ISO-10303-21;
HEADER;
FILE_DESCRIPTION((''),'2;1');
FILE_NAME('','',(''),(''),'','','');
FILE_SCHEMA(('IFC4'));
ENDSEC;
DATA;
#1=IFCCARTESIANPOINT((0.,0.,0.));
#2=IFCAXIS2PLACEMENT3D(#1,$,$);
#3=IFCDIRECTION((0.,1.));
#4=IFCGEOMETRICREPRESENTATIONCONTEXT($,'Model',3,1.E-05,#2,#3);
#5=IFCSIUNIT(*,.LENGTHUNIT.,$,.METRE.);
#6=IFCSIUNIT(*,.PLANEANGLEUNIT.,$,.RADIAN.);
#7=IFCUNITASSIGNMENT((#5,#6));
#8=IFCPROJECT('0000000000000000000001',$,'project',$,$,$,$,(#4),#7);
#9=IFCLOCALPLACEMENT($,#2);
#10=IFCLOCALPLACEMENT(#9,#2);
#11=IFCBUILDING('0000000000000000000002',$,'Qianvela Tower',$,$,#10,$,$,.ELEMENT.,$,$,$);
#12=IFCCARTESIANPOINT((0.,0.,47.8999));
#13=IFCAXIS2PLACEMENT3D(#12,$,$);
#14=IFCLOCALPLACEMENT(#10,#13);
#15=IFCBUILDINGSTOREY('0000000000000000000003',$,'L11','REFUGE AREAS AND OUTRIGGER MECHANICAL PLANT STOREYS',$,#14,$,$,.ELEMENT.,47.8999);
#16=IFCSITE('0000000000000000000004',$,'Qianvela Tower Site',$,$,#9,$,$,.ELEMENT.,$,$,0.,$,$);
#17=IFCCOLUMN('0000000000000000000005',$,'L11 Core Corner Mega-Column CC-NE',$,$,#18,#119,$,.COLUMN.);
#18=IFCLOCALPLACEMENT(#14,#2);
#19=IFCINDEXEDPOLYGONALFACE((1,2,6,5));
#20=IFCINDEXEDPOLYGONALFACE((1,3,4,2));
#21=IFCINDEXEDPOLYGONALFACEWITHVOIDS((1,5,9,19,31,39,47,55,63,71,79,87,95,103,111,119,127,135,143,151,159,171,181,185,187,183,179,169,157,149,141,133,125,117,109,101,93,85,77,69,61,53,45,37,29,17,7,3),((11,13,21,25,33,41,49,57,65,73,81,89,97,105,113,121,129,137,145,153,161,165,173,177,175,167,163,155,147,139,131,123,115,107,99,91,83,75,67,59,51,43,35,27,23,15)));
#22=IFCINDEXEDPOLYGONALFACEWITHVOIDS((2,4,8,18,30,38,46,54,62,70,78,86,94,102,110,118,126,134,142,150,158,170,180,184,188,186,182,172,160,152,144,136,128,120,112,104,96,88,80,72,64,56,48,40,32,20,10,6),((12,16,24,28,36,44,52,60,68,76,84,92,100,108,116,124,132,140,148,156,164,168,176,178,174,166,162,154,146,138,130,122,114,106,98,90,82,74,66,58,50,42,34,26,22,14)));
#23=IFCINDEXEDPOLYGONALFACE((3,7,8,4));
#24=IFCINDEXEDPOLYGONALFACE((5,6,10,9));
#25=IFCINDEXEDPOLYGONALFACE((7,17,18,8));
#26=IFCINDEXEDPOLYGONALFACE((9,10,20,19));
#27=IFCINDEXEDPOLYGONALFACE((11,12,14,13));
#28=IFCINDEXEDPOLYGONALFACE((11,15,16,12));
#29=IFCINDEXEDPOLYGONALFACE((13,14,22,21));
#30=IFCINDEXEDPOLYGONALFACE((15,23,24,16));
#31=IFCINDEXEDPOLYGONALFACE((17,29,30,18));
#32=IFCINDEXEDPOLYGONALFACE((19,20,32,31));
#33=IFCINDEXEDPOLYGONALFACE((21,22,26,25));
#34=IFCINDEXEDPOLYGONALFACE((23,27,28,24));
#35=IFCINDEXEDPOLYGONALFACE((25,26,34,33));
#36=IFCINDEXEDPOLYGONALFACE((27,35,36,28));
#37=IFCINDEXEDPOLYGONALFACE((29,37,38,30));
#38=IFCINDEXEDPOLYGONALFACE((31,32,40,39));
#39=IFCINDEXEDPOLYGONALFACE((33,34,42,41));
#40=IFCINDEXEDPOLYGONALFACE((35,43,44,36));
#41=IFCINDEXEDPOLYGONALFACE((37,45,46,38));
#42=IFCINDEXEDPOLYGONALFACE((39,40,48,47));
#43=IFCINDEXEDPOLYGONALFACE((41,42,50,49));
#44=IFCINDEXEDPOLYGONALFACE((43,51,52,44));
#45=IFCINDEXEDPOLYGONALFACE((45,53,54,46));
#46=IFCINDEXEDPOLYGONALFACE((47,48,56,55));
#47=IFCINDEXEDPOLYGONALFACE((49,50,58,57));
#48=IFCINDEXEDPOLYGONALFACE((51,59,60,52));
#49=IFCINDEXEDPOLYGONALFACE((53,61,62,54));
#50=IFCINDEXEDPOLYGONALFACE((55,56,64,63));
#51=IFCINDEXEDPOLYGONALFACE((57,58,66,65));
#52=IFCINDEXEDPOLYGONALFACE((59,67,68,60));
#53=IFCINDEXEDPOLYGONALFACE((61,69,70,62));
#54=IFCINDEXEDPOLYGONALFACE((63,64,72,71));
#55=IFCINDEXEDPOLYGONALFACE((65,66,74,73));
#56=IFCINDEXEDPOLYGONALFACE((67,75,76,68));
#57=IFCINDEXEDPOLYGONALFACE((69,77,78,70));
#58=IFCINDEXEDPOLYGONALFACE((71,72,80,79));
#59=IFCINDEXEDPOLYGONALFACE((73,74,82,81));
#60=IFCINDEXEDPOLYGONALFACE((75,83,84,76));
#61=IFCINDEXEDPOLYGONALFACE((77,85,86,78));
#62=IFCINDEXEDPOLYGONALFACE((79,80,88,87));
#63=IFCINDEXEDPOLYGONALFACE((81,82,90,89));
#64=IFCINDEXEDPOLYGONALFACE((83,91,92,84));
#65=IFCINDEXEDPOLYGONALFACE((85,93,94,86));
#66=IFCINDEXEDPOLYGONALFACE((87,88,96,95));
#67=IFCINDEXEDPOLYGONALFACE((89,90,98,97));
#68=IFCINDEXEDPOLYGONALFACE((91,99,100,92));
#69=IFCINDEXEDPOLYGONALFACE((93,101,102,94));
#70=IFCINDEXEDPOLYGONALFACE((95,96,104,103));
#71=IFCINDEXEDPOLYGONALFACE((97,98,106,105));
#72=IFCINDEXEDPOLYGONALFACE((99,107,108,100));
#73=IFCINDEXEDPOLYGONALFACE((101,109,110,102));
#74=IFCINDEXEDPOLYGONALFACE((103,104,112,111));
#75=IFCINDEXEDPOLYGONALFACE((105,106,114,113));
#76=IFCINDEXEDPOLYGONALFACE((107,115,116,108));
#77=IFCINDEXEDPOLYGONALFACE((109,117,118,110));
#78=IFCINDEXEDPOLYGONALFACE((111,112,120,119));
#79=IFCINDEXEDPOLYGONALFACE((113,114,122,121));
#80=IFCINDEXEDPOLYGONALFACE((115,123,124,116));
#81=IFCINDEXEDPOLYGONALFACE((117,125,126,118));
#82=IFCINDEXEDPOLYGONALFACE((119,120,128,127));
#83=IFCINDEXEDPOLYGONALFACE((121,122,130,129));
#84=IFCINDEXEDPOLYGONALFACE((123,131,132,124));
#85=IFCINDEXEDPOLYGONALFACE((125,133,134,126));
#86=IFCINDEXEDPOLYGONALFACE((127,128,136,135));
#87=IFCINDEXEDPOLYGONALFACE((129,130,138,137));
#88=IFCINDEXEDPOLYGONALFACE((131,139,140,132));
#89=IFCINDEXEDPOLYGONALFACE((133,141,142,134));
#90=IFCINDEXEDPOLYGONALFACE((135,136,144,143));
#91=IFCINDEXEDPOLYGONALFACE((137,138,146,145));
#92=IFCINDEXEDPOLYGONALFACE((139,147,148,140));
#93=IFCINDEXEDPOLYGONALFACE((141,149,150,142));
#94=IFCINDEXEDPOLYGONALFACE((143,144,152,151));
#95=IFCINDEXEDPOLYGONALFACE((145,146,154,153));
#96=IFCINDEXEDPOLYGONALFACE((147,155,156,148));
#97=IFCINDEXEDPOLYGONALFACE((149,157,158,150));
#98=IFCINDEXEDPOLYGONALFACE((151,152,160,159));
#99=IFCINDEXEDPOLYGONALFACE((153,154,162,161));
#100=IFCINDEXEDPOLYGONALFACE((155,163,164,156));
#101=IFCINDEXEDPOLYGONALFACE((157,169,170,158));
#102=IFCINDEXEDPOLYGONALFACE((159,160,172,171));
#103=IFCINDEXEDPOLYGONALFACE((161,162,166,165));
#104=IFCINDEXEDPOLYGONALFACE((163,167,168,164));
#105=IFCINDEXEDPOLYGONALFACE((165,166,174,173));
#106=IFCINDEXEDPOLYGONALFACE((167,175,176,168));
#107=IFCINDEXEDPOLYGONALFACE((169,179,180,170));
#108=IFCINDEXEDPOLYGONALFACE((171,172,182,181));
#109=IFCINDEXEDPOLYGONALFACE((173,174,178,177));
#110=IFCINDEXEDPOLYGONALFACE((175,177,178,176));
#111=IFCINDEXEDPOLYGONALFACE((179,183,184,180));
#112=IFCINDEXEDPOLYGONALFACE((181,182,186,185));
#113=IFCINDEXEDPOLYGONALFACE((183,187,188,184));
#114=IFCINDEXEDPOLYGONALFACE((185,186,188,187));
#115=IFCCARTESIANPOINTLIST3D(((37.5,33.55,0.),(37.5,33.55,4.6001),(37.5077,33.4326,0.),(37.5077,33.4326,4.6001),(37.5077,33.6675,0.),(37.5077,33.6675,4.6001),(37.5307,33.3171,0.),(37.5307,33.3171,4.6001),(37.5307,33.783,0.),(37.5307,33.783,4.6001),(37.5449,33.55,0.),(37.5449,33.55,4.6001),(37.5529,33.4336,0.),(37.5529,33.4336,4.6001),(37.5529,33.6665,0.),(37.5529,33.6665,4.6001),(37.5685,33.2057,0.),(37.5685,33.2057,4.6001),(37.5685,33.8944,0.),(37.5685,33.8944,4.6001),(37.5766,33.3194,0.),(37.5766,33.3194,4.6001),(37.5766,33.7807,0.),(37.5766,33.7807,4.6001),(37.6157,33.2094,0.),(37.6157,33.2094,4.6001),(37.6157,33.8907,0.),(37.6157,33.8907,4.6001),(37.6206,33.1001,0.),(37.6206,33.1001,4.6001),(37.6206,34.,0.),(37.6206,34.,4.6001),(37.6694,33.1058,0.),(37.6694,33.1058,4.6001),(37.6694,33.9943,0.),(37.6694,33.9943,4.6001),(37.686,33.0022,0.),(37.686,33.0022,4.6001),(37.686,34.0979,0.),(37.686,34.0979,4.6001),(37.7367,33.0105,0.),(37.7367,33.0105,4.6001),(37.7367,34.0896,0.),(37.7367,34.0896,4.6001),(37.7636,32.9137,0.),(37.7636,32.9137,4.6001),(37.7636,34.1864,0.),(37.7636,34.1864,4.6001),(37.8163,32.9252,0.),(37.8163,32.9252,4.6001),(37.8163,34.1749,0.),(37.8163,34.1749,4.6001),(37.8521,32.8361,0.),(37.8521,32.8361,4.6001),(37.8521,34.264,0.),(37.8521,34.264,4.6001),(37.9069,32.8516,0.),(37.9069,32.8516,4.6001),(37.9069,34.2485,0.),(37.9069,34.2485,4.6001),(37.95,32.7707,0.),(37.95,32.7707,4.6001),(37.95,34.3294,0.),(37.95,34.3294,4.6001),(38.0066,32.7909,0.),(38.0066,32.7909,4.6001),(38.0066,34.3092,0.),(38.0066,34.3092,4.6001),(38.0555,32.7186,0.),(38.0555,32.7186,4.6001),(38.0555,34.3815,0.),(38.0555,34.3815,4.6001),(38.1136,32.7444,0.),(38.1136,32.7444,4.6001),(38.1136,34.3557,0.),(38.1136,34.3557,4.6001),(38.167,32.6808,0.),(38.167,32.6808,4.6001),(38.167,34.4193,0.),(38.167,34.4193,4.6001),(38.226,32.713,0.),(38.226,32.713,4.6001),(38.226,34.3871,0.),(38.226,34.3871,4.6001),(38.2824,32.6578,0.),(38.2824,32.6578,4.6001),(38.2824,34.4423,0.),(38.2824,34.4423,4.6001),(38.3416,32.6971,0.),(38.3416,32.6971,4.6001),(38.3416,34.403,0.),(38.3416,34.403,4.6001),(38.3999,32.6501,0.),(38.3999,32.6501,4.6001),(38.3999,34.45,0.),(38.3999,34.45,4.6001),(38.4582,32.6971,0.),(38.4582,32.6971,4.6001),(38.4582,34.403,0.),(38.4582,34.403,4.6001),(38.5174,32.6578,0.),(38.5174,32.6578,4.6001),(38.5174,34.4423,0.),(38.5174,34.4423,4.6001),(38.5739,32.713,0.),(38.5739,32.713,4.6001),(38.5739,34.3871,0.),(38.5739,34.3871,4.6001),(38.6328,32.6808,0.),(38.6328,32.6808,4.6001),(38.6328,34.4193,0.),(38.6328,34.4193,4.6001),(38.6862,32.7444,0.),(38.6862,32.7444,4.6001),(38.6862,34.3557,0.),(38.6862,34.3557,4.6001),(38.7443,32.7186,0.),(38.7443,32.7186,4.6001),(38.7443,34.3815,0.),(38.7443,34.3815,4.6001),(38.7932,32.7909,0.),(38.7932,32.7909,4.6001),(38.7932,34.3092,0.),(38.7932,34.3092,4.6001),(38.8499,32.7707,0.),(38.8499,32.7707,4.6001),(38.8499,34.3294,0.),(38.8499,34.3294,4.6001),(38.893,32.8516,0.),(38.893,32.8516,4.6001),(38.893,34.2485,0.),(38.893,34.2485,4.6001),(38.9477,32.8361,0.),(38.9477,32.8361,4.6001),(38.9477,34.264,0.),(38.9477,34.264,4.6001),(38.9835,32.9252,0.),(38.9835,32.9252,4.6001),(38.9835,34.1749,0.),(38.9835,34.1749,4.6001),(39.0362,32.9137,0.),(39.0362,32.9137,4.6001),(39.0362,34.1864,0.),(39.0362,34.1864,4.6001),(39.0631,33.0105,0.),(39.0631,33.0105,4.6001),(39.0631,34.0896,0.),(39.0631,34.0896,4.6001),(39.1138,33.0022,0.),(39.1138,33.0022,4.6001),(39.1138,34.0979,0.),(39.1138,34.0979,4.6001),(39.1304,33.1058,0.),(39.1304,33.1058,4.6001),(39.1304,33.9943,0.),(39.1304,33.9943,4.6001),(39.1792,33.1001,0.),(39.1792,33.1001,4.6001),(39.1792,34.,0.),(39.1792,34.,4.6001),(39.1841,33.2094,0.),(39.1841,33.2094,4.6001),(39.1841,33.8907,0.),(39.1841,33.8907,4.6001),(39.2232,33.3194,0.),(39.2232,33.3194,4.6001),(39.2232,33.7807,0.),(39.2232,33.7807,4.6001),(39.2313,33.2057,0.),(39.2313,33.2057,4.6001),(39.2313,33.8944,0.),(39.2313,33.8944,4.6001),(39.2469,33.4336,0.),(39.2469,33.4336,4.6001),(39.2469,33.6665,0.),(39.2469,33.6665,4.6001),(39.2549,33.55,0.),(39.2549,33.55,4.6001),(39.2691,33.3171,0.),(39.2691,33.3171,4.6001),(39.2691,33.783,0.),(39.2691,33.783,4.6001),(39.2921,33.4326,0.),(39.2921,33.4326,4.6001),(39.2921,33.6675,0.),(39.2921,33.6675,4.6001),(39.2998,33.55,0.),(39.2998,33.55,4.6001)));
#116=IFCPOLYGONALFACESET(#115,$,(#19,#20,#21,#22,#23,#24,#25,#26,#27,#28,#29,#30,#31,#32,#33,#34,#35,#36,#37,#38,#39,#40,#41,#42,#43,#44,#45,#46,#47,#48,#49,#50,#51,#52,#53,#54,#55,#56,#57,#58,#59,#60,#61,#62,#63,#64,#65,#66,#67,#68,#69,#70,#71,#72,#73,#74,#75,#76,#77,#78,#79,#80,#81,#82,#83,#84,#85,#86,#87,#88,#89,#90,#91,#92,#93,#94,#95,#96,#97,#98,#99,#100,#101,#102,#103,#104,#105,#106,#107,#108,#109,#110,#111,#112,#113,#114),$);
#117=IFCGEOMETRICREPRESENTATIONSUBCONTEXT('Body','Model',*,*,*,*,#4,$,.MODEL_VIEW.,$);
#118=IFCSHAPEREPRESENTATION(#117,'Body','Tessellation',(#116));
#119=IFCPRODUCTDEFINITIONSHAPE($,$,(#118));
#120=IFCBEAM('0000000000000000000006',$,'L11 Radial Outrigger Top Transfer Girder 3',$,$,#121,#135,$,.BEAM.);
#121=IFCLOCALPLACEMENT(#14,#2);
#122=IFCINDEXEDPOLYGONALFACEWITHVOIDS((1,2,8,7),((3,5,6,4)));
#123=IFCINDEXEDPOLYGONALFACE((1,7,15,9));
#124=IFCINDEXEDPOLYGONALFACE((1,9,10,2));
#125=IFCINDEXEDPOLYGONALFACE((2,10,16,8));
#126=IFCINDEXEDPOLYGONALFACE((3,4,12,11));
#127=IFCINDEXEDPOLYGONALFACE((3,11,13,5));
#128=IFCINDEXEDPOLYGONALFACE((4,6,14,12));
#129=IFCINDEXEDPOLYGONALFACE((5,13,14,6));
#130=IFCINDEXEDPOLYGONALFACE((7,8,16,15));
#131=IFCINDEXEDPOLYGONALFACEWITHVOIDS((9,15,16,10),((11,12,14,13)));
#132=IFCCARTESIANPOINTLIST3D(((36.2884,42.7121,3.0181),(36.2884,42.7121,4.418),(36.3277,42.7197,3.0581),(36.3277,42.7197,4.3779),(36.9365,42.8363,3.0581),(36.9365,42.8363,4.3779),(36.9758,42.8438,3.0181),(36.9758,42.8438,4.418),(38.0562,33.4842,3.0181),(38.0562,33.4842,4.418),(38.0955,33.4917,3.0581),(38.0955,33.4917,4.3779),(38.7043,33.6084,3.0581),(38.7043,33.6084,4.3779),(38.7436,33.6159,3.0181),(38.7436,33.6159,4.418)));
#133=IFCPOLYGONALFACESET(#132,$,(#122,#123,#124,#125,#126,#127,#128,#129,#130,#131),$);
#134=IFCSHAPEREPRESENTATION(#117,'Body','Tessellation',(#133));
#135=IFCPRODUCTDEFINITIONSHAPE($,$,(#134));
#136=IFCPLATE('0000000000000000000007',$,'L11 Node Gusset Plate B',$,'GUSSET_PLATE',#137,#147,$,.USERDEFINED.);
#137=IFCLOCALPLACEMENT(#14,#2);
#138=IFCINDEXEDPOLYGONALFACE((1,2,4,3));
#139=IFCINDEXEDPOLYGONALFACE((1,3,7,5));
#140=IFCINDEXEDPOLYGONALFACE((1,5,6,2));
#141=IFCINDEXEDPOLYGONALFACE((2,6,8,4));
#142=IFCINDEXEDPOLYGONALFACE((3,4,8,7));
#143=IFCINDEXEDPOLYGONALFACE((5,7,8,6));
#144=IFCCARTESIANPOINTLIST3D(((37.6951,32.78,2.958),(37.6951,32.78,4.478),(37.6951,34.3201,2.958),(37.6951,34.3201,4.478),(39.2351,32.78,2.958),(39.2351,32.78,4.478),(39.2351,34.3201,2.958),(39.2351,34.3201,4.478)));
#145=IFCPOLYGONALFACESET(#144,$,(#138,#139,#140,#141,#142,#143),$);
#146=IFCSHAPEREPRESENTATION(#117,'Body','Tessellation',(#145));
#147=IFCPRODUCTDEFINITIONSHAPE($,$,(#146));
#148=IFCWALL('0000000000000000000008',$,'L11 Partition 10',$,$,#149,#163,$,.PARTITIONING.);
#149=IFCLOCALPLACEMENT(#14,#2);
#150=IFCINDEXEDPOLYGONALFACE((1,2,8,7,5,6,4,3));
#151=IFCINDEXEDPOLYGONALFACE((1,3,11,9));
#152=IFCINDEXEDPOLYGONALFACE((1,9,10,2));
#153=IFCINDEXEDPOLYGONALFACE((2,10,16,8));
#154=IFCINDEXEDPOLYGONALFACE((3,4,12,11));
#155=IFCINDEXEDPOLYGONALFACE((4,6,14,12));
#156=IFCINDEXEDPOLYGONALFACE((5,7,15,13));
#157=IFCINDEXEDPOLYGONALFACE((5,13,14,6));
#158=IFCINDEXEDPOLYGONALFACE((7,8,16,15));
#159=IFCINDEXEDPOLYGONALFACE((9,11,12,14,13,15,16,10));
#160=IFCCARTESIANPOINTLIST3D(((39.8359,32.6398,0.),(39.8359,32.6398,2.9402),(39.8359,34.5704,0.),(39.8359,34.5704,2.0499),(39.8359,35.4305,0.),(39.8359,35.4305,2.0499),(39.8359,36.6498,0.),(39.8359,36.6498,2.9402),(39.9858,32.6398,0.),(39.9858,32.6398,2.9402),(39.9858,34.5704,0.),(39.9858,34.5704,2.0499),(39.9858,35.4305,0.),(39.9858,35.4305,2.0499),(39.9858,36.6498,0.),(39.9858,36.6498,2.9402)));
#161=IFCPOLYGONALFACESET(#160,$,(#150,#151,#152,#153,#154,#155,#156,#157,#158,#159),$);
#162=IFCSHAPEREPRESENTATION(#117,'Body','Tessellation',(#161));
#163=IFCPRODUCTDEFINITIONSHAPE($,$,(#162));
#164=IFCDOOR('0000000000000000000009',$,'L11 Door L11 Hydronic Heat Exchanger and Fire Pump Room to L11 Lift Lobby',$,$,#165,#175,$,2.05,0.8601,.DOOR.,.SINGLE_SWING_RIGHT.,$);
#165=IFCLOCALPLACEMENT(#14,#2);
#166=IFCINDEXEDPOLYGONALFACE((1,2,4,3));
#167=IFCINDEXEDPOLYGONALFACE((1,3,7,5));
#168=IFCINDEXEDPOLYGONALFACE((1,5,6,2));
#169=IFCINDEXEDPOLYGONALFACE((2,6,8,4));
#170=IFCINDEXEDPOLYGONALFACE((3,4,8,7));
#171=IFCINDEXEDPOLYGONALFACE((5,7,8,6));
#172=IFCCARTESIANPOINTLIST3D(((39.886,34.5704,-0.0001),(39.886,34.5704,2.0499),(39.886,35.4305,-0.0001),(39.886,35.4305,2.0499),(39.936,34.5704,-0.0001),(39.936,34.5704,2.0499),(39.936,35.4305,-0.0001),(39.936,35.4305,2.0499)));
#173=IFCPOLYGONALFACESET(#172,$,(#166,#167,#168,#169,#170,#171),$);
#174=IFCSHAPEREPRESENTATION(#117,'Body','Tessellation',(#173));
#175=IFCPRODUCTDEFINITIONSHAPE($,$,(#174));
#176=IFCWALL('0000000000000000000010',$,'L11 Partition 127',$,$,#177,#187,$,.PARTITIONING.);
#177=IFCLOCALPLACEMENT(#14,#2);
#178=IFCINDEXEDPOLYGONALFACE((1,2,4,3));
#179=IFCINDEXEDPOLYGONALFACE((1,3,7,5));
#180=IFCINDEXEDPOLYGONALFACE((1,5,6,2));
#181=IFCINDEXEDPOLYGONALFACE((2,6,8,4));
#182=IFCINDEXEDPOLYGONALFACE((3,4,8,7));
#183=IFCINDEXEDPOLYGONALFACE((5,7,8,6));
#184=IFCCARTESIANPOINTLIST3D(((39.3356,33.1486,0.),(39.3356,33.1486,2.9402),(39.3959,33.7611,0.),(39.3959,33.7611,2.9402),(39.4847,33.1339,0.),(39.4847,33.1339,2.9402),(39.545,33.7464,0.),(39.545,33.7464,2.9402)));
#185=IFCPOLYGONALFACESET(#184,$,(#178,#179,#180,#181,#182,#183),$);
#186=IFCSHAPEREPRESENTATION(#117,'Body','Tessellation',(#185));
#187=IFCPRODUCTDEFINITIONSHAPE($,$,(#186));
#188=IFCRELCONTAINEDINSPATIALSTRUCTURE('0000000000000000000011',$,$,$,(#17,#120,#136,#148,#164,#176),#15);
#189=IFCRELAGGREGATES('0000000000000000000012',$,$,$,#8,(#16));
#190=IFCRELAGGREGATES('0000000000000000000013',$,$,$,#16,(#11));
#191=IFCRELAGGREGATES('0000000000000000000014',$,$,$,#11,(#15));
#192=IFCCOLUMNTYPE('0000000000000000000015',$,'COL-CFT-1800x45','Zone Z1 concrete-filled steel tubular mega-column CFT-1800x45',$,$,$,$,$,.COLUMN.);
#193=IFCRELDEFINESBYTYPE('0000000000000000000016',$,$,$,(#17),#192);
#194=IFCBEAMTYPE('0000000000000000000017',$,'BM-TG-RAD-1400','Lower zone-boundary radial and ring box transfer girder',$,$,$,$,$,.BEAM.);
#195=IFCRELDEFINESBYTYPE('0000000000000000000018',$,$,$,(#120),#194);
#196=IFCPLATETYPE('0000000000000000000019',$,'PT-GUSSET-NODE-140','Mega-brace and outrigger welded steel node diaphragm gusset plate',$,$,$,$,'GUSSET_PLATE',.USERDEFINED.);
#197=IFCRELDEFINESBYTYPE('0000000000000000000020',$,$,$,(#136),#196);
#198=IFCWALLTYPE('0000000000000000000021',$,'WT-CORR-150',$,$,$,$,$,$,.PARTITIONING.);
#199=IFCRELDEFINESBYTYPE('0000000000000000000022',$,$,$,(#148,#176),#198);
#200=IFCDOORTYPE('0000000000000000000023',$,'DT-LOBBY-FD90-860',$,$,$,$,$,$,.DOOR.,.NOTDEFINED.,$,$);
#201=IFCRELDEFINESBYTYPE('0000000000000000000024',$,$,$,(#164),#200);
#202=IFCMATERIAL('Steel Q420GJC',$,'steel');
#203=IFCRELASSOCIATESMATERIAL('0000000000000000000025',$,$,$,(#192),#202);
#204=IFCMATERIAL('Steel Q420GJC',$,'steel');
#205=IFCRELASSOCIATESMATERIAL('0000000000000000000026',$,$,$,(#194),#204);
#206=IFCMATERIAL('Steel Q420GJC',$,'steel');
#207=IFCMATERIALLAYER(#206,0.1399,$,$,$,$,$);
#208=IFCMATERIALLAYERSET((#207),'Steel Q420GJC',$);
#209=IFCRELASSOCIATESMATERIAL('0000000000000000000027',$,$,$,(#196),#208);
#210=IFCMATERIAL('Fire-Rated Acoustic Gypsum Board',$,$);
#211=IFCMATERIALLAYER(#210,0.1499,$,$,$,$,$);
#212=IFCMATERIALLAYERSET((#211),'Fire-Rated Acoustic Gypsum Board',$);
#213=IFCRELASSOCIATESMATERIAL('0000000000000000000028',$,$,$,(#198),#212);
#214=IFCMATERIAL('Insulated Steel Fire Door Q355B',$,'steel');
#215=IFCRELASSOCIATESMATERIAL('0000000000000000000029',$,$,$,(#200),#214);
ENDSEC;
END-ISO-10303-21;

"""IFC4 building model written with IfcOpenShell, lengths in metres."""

from ifc_helpers import new_model, si_unit, direction, frame, frame_2d, origin, origin_2d, place, context, subcontext, project, spatial, rectangle, hollow_rectangle, hollow_circle, extrude, material, layer, layer_set, material_profile, profile_set, type_object, element, fill, save


model = new_model("IFC4")

# Units and contexts
model_context = context("Model", 3, precision=1e-05, world=origin(), true_north=direction((0.0, 1.0)))
body_context = subcontext(model_context, "Body", "Model", "MODEL_VIEW")
ifc_project = project(units=[si_unit("LENGTHUNIT", "METRE"), si_unit("PLANEANGLEUNIT", "RADIAN")], contexts=[model_context])

# Site, building, storey
site_placement = place(None, origin())
site = spatial("IfcSite", under=ifc_project, at=site_placement, Name="Qianvela Tower Site", CompositionType="ELEMENT", RefElevation=0.0)
building_placement = place(site_placement, origin())
building = spatial("IfcBuilding", under=site, at=building_placement, Name="Qianvela Tower", CompositionType="ELEMENT")
storey_placement = place(building_placement, frame((0.0, 0.0, 47.8999)))
storey = spatial("IfcBuildingStorey", under=building, at=storey_placement, Name="L11", Description="REFUGE AREAS AND OUTRIGGER MECHANICAL PLANT STOREYS", CompositionType="ELEMENT", Elevation=47.8999)

# Column
ifc_material_1 = material(Name="Steel Q420GJC", Category="steel")
ifc_material_profile_1 = material_profile(ifc_material_1, hollow_circle(Radius=0.8999, WallThickness=0.0449, at=origin_2d()), Name="CFT-1800x45")
ifc_profile_set_1 = profile_set([ifc_material_profile_1], Name="Steel Q420GJC")
column_type = type_object("IfcColumnType", Name="COL-CFT-1800x45", Description="Zone Z1 concrete-filled steel tubular mega-column CFT-1800x45", PredefinedType="COLUMN", material=ifc_profile_set_1)
column_placement = place(storey_placement, frame((38.3999, 33.55, 0.0), z_axis=(0.0, 0.0, 1.0), x_axis=(1.0, 0.0, 0.0)))
element("IfcColumn", 1, at=column_placement, inside=storey, type_object=column_type, Name="L11 Core Corner Mega-Column CC-NE", PredefinedType="COLUMN", context=body_context, shape_type="SweptSolid", body=[
    extrude(hollow_circle(Radius=0.8999, WallThickness=0.0449, at=origin_2d()), origin(), (0.0, 0.0, 1.0), 4.6001),
])

# Beam
ifc_material_2 = material(Name="Steel Q420GJC", Category="steel")
ifc_material_profile_2 = material_profile(ifc_material_2, hollow_rectangle(XDim=0.7, YDim=1.3999, WallThickness=0.04, at=origin_2d()), Name="TG-BOX-1400x700x40")
ifc_profile_set_2 = profile_set([ifc_material_profile_2], Name="Steel Q420GJC")
beam_type = type_object("IfcBeamType", Name="BM-TG-RAD-1400", Description="Lower zone-boundary radial and ring box transfer girder", PredefinedType="BEAM", material=ifc_profile_set_2)
beam_placement = place(storey_placement, frame((38.3999, 33.55, 3.718), z_axis=(-0.18815, 0.98214, 0.0), x_axis=(-0.98214, -0.18815, 0.0)))
element("IfcBeam", 2, at=beam_placement, inside=storey, type_object=beam_type, Name="L11 Radial Outrigger Top Transfer Girder 3", PredefinedType="BEAM", context=body_context, shape_type="SweptSolid", body=[
    extrude(hollow_rectangle(XDim=0.7, YDim=1.3999, WallThickness=0.04, at=origin_2d()), origin(), (0.0, 0.0, 1.0), 9.3958),
])

# Plate
ifc_material_3 = material(Name="Steel Q420GJC", Category="steel")
ifc_layer_1 = layer(ifc_material_3, 0.1399)
ifc_layer_set_1 = layer_set([ifc_layer_1], Name="Steel Q420GJC")
plate_type = type_object("IfcPlateType", Name="PT-GUSSET-NODE-140", Description="Mega-brace and outrigger welded steel node diaphragm gusset plate", ElementType="GUSSET_PLATE", PredefinedType="USERDEFINED", material=ifc_layer_set_1)
plate_placement = place(storey_placement, frame((38.4651, 33.55, 2.958), z_axis=(0.0, 0.0, 1.0), x_axis=(1.0, 0.0, 0.0)))
element("IfcPlate", 3, at=plate_placement, inside=storey, type_object=plate_type, Name="L11 Node Gusset Plate B", ObjectType="GUSSET_PLATE", PredefinedType="USERDEFINED", context=body_context, shape_type="SweptSolid", body=[
    extrude(rectangle(XDim=1.54, YDim=1.54, at=origin_2d()), origin(), (0.0, 0.0, 1.0), 1.52),
])

# Wall, opening, door
ifc_material_4 = material(Name="Fire-Rated Acoustic Gypsum Board")
ifc_layer_2 = layer(ifc_material_4, 0.1499)
ifc_layer_set_2 = layer_set([ifc_layer_2], Name="Fire-Rated Acoustic Gypsum Board")
wall_type_1 = type_object("IfcWallType", Name="WT-CORR-150", PredefinedType="PARTITIONING", material=ifc_layer_set_2)
wall_1_placement = place(storey_placement, frame((39.9109, 32.6399, 0.0), z_axis=(0.0, 0.0, 1.0), x_axis=(0.0, 1.0, 0.0)))
wall_1 = element("IfcWall", 4, at=wall_1_placement, inside=storey, type_object=wall_type_1, Name="L11 Partition 10", PredefinedType="PARTITIONING", context=body_context, shape_type="SweptSolid", body=[
    extrude(rectangle(XDim=4.01, YDim=0.1499, at=frame_2d((2.0049, 0.0))), origin(), (0.0, 0.0, 1.0), 2.9402),
])
opening_1_placement = place(wall_1_placement, frame((1.9304, 0.0, 0.0)))
opening_1 = element("IfcOpeningElement", 5, at=opening_1_placement, cuts=wall_1, PredefinedType="OPENING", context=body_context, shape_type="SweptSolid", body=[
    extrude(rectangle(XDim=0.8601, YDim=2.05, at=frame_2d((0.4302, 1.0249))), frame((0.0, 0.085, 0.0), z_axis=(0.0, -1.0, 0.0), x_axis=(1.0, 0.0, 0.0)), (0.0, 0.0, 1.0), 0.1699),
])
ifc_material_5 = material(Name="Insulated Steel Fire Door Q355B", Category="steel")
door_type_1 = type_object("IfcDoorType", Name="DT-LOBBY-FD90-860", OperationType="NOTDEFINED", PredefinedType="DOOR", material=ifc_material_5)
door_1_placement = place(opening_1_placement, origin())
door_1 = element("IfcDoor", 6, at=door_1_placement, inside=storey, type_object=door_type_1, Name="L11 Door L11 Hydronic Heat Exchanger and Fire Pump Room to L11 Lift Lobby", OperationType="SINGLE_SWING_RIGHT", OverallHeight=2.05, OverallWidth=0.8601, PredefinedType="DOOR", context=body_context, shape_type="SweptSolid", body=[
    extrude(rectangle(XDim=0.8601, YDim=2.05, at=frame_2d((0.4302, 1.0249))), frame((0.0, 0.0249, 0.0), z_axis=(0.0, -1.0, 0.0), x_axis=(1.0, 0.0, 0.0)), (0.0, 0.0, 1.0), 0.05),
])
fill(opening_1, door_1)

# Wall
wall_2_placement = place(storey_placement, frame((39.4102, 33.1414, 0.0), z_axis=(0.0, 0.0, 1.0), x_axis=(0.097972, 0.995189, 0.0)))
element("IfcWall", 7, at=wall_2_placement, inside=storey, type_object=wall_type_1, Name="L11 Partition 127", PredefinedType="PARTITIONING", context=body_context, shape_type="SweptSolid", body=[
    extrude(rectangle(XDim=0.6155, YDim=0.1499, at=frame_2d((0.3076, 0.0))), origin(), (0.0, 0.0, 1.0), 2.9402),
])

save(model, "model.ifc")
